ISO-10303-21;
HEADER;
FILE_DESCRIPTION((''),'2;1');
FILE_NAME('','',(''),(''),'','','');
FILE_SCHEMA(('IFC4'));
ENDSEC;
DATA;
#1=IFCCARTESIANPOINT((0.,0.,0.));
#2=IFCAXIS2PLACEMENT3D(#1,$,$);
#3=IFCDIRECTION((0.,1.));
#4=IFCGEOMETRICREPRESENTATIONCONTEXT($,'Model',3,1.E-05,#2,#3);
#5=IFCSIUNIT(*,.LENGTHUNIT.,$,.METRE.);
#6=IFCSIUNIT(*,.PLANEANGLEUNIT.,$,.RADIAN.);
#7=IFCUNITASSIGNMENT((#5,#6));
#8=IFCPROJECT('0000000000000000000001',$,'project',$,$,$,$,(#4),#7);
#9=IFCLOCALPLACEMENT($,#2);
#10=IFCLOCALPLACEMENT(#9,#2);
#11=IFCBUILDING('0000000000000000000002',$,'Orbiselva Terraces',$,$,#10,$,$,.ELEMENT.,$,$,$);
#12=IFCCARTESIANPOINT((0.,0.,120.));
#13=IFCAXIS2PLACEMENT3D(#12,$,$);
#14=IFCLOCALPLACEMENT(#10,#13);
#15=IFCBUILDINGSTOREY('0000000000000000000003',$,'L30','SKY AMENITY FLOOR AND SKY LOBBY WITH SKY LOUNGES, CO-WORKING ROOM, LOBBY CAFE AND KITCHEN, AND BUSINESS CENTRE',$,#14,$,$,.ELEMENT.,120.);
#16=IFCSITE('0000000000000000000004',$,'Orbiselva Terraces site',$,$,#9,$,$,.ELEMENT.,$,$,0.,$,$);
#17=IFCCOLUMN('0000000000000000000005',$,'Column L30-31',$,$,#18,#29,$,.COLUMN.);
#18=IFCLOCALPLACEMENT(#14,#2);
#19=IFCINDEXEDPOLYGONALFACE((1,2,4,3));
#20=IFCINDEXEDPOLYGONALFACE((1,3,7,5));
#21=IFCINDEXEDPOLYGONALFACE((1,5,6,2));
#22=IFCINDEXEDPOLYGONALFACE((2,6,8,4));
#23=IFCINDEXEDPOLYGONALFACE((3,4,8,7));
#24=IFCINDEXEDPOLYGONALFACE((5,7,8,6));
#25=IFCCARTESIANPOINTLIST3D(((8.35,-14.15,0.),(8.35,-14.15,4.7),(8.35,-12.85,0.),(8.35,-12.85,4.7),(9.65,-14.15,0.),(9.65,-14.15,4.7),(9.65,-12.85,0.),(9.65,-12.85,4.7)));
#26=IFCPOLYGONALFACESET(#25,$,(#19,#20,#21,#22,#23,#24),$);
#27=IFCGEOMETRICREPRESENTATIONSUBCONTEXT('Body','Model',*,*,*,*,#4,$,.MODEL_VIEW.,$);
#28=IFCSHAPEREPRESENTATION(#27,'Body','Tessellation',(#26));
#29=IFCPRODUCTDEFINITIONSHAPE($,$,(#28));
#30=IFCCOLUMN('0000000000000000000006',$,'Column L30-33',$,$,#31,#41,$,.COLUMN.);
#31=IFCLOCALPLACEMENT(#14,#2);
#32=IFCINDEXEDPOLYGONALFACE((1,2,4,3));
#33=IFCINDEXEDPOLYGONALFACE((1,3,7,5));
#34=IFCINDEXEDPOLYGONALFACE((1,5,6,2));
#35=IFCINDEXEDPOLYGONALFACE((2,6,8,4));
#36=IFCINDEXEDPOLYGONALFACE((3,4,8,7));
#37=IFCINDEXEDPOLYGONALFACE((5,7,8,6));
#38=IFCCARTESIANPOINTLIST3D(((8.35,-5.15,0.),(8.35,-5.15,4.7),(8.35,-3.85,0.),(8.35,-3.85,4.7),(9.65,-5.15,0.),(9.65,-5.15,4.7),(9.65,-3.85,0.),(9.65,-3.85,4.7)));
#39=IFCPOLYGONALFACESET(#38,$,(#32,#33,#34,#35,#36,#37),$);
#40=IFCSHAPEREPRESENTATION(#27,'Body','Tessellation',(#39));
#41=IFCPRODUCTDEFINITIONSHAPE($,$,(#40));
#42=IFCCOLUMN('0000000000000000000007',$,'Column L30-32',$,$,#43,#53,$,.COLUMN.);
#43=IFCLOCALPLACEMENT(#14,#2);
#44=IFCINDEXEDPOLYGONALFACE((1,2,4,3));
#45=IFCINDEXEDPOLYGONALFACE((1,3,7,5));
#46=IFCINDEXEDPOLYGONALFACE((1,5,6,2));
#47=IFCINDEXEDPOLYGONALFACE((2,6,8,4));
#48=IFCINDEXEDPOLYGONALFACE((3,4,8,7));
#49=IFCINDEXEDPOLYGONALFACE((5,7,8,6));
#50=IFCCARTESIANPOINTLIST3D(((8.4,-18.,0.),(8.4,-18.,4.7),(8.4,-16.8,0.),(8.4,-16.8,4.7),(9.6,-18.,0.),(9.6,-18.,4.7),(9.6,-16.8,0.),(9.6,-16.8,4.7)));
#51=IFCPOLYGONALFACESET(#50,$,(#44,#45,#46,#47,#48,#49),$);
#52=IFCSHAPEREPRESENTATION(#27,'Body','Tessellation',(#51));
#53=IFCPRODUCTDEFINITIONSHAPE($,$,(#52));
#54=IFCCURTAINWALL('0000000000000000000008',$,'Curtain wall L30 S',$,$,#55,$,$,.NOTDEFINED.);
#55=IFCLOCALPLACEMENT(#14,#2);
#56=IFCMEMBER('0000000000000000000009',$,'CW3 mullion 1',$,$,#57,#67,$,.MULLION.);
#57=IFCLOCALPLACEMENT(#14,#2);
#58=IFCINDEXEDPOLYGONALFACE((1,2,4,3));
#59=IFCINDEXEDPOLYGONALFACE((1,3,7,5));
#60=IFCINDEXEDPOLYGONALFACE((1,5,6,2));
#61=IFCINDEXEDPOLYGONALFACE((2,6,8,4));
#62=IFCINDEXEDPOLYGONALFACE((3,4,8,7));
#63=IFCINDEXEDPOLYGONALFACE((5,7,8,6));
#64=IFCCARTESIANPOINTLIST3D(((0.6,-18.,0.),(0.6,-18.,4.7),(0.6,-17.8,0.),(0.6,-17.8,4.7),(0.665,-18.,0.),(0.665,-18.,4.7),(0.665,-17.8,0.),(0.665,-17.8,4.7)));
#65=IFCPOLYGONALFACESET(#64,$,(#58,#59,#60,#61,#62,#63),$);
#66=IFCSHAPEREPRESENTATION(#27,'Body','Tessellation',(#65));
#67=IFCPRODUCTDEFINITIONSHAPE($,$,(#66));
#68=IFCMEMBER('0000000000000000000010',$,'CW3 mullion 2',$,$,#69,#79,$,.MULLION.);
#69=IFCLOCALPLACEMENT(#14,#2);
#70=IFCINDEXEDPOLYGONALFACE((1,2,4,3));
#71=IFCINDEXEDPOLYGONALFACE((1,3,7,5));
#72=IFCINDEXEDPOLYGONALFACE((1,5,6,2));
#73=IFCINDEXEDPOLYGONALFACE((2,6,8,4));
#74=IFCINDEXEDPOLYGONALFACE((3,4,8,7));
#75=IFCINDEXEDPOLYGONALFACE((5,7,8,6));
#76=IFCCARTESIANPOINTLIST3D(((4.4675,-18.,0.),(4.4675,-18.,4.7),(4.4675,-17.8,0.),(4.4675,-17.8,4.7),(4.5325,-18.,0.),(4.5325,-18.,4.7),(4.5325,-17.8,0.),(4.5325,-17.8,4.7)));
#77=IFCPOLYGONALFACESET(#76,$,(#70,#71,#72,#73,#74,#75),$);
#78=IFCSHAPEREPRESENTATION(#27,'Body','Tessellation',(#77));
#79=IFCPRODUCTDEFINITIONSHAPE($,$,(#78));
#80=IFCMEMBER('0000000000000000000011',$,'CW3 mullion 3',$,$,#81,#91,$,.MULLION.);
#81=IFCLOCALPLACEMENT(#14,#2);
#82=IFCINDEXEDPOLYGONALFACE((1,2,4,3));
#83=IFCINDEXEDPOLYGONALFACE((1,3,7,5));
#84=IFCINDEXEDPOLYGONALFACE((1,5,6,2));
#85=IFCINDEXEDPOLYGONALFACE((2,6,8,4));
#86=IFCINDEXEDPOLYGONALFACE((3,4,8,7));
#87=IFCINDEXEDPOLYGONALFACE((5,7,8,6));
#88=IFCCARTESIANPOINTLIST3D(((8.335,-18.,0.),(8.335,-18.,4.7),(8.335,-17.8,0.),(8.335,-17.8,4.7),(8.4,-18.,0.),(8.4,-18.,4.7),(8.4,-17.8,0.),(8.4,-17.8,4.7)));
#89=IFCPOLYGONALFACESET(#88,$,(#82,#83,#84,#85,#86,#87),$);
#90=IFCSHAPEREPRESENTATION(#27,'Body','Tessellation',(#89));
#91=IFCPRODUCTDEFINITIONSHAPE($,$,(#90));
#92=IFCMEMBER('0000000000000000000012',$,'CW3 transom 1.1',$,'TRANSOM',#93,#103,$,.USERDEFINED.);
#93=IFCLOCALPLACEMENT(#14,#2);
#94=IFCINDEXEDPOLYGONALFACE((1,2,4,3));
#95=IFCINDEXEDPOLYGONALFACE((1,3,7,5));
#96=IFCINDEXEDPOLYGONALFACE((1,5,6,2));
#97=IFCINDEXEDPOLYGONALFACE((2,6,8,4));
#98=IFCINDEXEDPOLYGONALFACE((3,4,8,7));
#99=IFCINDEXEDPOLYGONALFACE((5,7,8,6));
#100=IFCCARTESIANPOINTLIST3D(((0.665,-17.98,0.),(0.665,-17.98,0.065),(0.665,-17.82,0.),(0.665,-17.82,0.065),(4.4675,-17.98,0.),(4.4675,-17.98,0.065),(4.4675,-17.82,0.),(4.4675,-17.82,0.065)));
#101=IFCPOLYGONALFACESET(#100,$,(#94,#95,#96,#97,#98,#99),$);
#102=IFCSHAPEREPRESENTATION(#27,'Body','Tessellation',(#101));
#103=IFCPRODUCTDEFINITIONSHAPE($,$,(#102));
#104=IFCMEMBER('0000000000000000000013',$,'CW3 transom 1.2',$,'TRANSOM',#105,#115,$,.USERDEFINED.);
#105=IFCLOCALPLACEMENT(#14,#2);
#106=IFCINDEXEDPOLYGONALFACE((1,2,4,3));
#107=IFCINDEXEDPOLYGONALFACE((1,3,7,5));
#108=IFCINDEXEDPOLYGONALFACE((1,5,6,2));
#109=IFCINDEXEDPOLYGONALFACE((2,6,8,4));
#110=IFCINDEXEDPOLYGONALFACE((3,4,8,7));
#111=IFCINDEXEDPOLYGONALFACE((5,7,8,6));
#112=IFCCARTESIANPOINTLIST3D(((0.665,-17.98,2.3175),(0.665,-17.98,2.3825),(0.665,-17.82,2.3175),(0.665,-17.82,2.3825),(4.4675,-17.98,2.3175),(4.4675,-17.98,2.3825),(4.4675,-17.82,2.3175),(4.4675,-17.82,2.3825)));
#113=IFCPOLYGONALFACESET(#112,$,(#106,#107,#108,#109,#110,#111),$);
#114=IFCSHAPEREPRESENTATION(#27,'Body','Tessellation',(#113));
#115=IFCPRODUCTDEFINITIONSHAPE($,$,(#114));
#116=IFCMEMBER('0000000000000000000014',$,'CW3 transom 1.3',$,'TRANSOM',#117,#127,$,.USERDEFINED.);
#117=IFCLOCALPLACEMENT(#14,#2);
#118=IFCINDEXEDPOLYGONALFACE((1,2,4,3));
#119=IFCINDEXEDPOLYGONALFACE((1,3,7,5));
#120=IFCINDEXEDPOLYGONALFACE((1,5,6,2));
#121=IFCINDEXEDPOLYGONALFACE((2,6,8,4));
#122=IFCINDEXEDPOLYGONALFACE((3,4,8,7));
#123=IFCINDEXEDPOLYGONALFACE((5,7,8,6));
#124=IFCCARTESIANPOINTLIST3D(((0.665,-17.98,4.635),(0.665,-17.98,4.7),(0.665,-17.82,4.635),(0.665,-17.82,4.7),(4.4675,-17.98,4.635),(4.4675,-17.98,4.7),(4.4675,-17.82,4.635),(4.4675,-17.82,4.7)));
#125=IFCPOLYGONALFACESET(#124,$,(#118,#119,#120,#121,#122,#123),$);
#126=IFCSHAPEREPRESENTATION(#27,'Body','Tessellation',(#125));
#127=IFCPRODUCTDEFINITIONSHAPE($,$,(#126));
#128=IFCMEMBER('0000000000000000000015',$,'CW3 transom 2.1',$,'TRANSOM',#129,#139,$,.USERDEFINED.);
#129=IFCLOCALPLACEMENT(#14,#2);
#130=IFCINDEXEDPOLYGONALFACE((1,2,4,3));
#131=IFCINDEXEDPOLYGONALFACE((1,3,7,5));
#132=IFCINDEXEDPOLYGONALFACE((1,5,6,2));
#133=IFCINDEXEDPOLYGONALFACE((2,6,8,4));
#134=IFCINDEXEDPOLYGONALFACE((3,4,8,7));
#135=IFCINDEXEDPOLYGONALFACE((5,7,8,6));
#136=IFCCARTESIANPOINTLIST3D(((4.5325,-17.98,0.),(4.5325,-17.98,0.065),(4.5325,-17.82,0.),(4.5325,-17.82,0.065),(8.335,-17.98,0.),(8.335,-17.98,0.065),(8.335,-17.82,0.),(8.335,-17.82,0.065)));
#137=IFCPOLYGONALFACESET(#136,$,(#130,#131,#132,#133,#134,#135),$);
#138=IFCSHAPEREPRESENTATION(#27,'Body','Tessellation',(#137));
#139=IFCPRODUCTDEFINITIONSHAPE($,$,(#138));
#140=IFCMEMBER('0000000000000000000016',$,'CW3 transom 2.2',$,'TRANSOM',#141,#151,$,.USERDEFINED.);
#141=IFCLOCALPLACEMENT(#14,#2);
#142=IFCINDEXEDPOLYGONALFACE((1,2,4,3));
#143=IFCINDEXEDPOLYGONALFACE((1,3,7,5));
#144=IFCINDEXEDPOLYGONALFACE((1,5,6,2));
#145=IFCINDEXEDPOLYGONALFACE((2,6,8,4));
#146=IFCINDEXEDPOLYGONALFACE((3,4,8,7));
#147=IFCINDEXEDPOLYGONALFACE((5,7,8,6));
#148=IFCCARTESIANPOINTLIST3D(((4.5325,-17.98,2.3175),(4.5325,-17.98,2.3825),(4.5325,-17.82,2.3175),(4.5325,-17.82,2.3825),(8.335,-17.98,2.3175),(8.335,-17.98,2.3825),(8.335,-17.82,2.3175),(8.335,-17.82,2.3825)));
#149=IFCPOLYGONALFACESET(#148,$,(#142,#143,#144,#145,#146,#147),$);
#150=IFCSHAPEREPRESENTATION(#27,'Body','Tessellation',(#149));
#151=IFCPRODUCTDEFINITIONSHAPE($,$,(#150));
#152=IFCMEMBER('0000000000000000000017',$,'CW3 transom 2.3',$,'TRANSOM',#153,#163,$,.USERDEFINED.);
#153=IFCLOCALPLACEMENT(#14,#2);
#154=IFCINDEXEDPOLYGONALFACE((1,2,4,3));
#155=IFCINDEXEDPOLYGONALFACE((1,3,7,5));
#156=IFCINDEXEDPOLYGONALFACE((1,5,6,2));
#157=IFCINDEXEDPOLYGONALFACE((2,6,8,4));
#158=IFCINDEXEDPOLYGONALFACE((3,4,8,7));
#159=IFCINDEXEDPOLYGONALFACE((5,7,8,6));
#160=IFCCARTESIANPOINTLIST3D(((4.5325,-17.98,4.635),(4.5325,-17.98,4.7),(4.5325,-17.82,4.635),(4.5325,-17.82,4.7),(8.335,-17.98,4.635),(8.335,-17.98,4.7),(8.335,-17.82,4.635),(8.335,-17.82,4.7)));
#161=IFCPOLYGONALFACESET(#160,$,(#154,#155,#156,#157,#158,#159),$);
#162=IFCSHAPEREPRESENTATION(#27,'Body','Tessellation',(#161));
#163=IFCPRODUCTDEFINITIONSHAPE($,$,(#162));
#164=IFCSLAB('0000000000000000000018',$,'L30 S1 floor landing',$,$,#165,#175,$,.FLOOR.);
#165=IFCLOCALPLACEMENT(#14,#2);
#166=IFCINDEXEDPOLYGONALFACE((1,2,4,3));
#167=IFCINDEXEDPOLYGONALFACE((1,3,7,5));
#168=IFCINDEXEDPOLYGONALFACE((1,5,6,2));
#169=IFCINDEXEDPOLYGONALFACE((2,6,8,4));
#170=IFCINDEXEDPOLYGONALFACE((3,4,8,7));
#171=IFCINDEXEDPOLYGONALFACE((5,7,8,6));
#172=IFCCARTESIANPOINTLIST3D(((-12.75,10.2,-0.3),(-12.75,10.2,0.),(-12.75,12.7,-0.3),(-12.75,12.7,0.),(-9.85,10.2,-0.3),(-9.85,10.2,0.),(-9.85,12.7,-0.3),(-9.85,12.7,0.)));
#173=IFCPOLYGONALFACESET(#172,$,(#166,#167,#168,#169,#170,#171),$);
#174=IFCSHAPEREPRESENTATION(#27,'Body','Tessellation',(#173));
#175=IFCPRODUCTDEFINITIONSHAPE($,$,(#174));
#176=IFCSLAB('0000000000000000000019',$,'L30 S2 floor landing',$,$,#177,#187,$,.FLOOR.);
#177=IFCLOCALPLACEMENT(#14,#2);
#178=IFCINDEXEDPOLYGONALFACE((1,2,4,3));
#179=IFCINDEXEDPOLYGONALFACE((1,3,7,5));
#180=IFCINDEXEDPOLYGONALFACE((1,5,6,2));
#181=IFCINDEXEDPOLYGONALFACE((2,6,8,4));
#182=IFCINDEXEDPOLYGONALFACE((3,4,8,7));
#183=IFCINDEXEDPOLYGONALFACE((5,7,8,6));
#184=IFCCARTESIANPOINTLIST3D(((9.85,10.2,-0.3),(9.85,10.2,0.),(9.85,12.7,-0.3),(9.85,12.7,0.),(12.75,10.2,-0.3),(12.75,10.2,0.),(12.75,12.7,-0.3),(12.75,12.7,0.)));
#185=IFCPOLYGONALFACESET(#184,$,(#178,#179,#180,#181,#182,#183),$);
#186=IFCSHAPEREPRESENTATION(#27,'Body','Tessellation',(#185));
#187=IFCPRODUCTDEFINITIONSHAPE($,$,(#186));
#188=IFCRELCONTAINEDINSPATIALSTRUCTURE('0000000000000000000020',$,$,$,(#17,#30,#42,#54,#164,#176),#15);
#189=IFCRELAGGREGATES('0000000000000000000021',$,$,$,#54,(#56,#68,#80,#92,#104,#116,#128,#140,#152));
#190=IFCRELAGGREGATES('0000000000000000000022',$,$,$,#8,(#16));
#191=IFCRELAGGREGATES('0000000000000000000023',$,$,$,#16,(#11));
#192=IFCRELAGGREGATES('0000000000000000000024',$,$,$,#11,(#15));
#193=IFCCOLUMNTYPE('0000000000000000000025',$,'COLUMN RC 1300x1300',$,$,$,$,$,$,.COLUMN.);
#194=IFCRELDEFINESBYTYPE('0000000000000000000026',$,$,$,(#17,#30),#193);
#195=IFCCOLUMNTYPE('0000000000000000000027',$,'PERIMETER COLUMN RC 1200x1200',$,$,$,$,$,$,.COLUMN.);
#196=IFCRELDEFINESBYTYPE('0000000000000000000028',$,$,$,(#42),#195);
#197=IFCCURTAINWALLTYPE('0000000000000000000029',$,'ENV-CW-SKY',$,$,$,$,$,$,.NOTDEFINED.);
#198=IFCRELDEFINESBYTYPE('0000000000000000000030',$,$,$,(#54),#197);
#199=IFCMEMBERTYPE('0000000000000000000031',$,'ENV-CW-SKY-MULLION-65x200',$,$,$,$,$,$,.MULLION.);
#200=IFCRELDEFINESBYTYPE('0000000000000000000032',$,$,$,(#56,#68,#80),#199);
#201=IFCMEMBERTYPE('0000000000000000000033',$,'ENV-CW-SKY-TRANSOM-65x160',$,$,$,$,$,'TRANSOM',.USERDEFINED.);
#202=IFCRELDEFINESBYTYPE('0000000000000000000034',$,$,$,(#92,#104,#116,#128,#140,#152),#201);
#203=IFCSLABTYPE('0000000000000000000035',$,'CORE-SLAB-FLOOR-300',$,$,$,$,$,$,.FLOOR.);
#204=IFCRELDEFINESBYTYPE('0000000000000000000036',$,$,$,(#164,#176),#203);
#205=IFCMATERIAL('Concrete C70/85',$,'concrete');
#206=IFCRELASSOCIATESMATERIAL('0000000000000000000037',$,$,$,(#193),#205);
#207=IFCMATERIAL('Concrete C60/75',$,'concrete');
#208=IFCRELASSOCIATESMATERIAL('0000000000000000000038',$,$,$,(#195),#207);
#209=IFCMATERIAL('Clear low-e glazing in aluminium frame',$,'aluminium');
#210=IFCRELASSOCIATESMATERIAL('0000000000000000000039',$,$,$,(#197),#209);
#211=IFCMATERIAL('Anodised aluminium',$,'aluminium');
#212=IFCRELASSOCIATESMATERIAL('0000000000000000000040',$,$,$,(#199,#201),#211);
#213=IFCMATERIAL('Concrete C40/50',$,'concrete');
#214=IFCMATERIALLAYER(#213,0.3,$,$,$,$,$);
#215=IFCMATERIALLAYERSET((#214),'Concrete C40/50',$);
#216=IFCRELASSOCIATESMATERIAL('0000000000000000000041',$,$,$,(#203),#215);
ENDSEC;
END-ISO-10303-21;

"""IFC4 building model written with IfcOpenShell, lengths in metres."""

from ifc_helpers import new_model, si_unit, direction, frame, origin, origin_2d, place, context, subcontext, project, spatial, polyline, rectangle, outline, extrude, material, layer, layer_set, material_profile, profile_set, type_object, element, aggregate, save


model = new_model("IFC4")

# Units and contexts
model_context = context("Model", 3, precision=1e-05, world=origin(), true_north=direction((0.0, 1.0)))
body_context = subcontext(model_context, "Body", "Model", "MODEL_VIEW")
ifc_project = project(units=[si_unit("LENGTHUNIT", "METRE"), si_unit("PLANEANGLEUNIT", "RADIAN")], contexts=[model_context])

# Site, building, storey
site_placement = place(None, origin())
site = spatial("IfcSite", under=ifc_project, at=site_placement, Name="Orbiselva Terraces site", CompositionType="ELEMENT", RefElevation=0.0)
building_placement = place(site_placement, origin())
building = spatial("IfcBuilding", under=site, at=building_placement, Name="Orbiselva Terraces", CompositionType="ELEMENT")
storey_placement = place(building_placement, frame((0.0, 0.0, 120.0)))
storey = spatial("IfcBuildingStorey", under=building, at=storey_placement, Name="L30", Description="SKY AMENITY FLOOR AND SKY LOBBY WITH SKY LOUNGES, CO-WORKING ROOM, LOBBY CAFE AND KITCHEN, AND BUSINESS CENTRE", CompositionType="ELEMENT", Elevation=120.0)

# Columns
ifc_material_1 = material(Name="Concrete C70/85", Category="concrete")
ifc_material_profile_1 = material_profile(ifc_material_1, rectangle(XDim=1.3, YDim=1.3, at=origin_2d()), Name="RC 1300x1300")
ifc_profile_set_1 = profile_set([ifc_material_profile_1], Name="Concrete C70/85")
column_type_1 = type_object("IfcColumnType", Name="COLUMN RC 1300x1300", PredefinedType="COLUMN", material=ifc_profile_set_1)
for number, where, z_axis, x_axis, name in (
    (1, (9.0, -13.5, 0.0), (0.0, 0.0, 1.0), (1.0, 0.0, 0.0), "Column L30-31"),
    (2, (9.0, -4.5, 0.0), (0.0, 0.0, 1.0), (1.0, 0.0, 0.0), "Column L30-33"),
):
    element("IfcColumn", number, at=place(storey_placement, frame(where, z_axis=z_axis, x_axis=x_axis)), inside=storey, type_object=column_type_1, Name=name, PredefinedType="COLUMN", context=body_context, shape_type="SweptSolid", body=[
        extrude(rectangle(XDim=1.3, YDim=1.3, at=origin_2d()), origin(), (0.0, 0.0, 1.0), 4.7),
    ])
ifc_material_2 = material(Name="Concrete C60/75", Category="concrete")
ifc_material_profile_2 = material_profile(ifc_material_2, rectangle(XDim=1.2, YDim=1.2, at=origin_2d()), Name="RC 1200x1200")
ifc_profile_set_2 = profile_set([ifc_material_profile_2], Name="Concrete C60/75")
column_type_2 = type_object("IfcColumnType", Name="PERIMETER COLUMN RC 1200x1200", PredefinedType="COLUMN", material=ifc_profile_set_2)
column_placement = place(storey_placement, frame((9.0, -17.4, 0.0), z_axis=(0.0, 0.0, 1.0), x_axis=(1.0, 0.0, 0.0)))
element("IfcColumn", 3, at=column_placement, inside=storey, type_object=column_type_2, Name="Column L30-32", PredefinedType="COLUMN", context=body_context, shape_type="SweptSolid", body=[
    extrude(rectangle(XDim=1.2, YDim=1.2, at=origin_2d()), origin(), (0.0, 0.0, 1.0), 4.7),
])

# Curtain wall, members
ifc_material_3 = material(Name="Clear low-e glazing in aluminium frame", Category="aluminium")
curtain_wall_type = type_object("IfcCurtainWallType", Name="ENV-CW-SKY", PredefinedType="NOTDEFINED", material=ifc_material_3)
curtain_wall_placement = place(storey_placement, origin())
curtain_wall = element("IfcCurtainWall", 4, at=curtain_wall_placement, inside=storey, type_object=curtain_wall_type, Name="Curtain wall L30 S", PredefinedType="NOTDEFINED")
ifc_material_4 = material(Name="Anodised aluminium", Category="aluminium")
ifc_material_profile_3 = material_profile(ifc_material_4, rectangle(XDim=0.2, YDim=0.065, at=origin_2d()), Name="AL 65x200")
ifc_profile_set_3 = profile_set([ifc_material_profile_3], Name="Anodised aluminium")
member_type_1 = type_object("IfcMemberType", Name="ENV-CW-SKY-MULLION-65x200", PredefinedType="MULLION", material=ifc_profile_set_3)
member_1_placement = place(storey_placement, frame((0.6325, -17.9, 0.0), z_axis=(0.0, 0.0, 1.0), x_axis=(0.0, 1.0, 0.0)))
member_1 = element("IfcMember", 5, at=member_1_placement, type_object=member_type_1, Name="CW3 mullion 1", PredefinedType="MULLION", context=body_context, shape_type="SweptSolid", body=[
    extrude(rectangle(XDim=0.2, YDim=0.065, at=origin_2d()), origin(), (0.0, 0.0, 1.0), 4.7),
])
member_2_placement = place(storey_placement, frame((4.5, -17.9, 0.0), z_axis=(0.0, 0.0, 1.0), x_axis=(0.0, 1.0, 0.0)))
member_2 = element("IfcMember", 6, at=member_2_placement, type_object=member_type_1, Name="CW3 mullion 2", PredefinedType="MULLION", context=body_context, shape_type="SweptSolid", body=[
    extrude(rectangle(XDim=0.2, YDim=0.065, at=origin_2d()), origin(), (0.0, 0.0, 1.0), 4.7),
])
member_3_placement = place(storey_placement, frame((8.3675, -17.9, 0.0), z_axis=(0.0, 0.0, 1.0), x_axis=(0.0, 1.0, 0.0)))
member_3 = element("IfcMember", 7, at=member_3_placement, type_object=member_type_1, Name="CW3 mullion 3", PredefinedType="MULLION", context=body_context, shape_type="SweptSolid", body=[
    extrude(rectangle(XDim=0.2, YDim=0.065, at=origin_2d()), origin(), (0.0, 0.0, 1.0), 4.7),
])
ifc_material_profile_4 = material_profile(ifc_material_4, rectangle(XDim=0.16, YDim=0.065, at=origin_2d()), Name="AL 65x160")
ifc_profile_set_4 = profile_set([ifc_material_profile_4], Name="Anodised aluminium")
member_type_2 = type_object("IfcMemberType", Name="ENV-CW-SKY-TRANSOM-65x160", ElementType="TRANSOM", PredefinedType="USERDEFINED", material=ifc_profile_set_4)
member_4_placement = place(storey_placement, frame((0.665, -17.9, 0.0325), z_axis=(1.0, 0.0, 0.0), x_axis=(0.0, 1.0, 0.0)))
member_4 = element("IfcMember", 8, at=member_4_placement, type_object=member_type_2, Name="CW3 transom 1.1", ObjectType="TRANSOM", PredefinedType="USERDEFINED", context=body_context, shape_type="SweptSolid", body=[
    extrude(rectangle(XDim=0.16, YDim=0.065, at=origin_2d()), origin(), (0.0, 0.0, 1.0), 3.8025),
])
member_5_placement = place(storey_placement, frame((0.665, -17.9, 2.35), z_axis=(1.0, 0.0, 0.0), x_axis=(0.0, 1.0, 0.0)))
member_5 = element("IfcMember", 9, at=member_5_placement, type_object=member_type_2, Name="CW3 transom 1.2", ObjectType="TRANSOM", PredefinedType="USERDEFINED", context=body_context, shape_type="SweptSolid", body=[
    extrude(rectangle(XDim=0.16, YDim=0.065, at=origin_2d()), origin(), (0.0, 0.0, 1.0), 3.8025),
])
member_6_placement = place(storey_placement, frame((0.665, -17.9, 4.6675), z_axis=(1.0, 0.0, 0.0), x_axis=(0.0, 1.0, 0.0)))
member_6 = element("IfcMember", 10, at=member_6_placement, type_object=member_type_2, Name="CW3 transom 1.3", ObjectType="TRANSOM", PredefinedType="USERDEFINED", context=body_context, shape_type="SweptSolid", body=[
    extrude(rectangle(XDim=0.16, YDim=0.065, at=origin_2d()), origin(), (0.0, 0.0, 1.0), 3.8025),
])
member_7_placement = place(storey_placement, frame((4.5325, -17.9, 0.0325), z_axis=(1.0, 0.0, 0.0), x_axis=(0.0, 1.0, 0.0)))
member_7 = element("IfcMember", 11, at=member_7_placement, type_object=member_type_2, Name="CW3 transom 2.1", ObjectType="TRANSOM", PredefinedType="USERDEFINED", context=body_context, shape_type="SweptSolid", body=[
    extrude(rectangle(XDim=0.16, YDim=0.065, at=origin_2d()), origin(), (0.0, 0.0, 1.0), 3.8025),
])
member_8_placement = place(storey_placement, frame((4.5325, -17.9, 2.35), z_axis=(1.0, 0.0, 0.0), x_axis=(0.0, 1.0, 0.0)))
member_8 = element("IfcMember", 12, at=member_8_placement, type_object=member_type_2, Name="CW3 transom 2.2", ObjectType="TRANSOM", PredefinedType="USERDEFINED", context=body_context, shape_type="SweptSolid", body=[
    extrude(rectangle(XDim=0.16, YDim=0.065, at=origin_2d()), origin(), (0.0, 0.0, 1.0), 3.8025),
])
member_9_placement = place(storey_placement, frame((4.5325, -17.9, 4.6675), z_axis=(1.0, 0.0, 0.0), x_axis=(0.0, 1.0, 0.0)))
member_9 = element("IfcMember", 13, at=member_9_placement, type_object=member_type_2, Name="CW3 transom 2.3", ObjectType="TRANSOM", PredefinedType="USERDEFINED", context=body_context, shape_type="SweptSolid", body=[
    extrude(rectangle(XDim=0.16, YDim=0.065, at=origin_2d()), origin(), (0.0, 0.0, 1.0), 3.8025),
])

# Slabs
ifc_material_5 = material(Name="Concrete C40/50", Category="concrete")
ifc_layer_1 = layer(ifc_material_5, 0.3)
ifc_layer_set_1 = layer_set([ifc_layer_1], Name="Concrete C40/50")
slab_type_1 = type_object("IfcSlabType", Name="CORE-SLAB-FLOOR-300", PredefinedType="FLOOR", material=ifc_layer_set_1)
slab_1_placement = place(storey_placement, frame((0.0, 0.0, -0.3)))
element("IfcSlab", 14, at=slab_1_placement, inside=storey, type_object=slab_type_1, Name="L30 S1 floor landing", PredefinedType="FLOOR", context=body_context, shape_type="SweptSolid", body=[
    extrude(outline(polyline([(-12.75, 12.7), (-9.85, 12.7), (-9.85, 10.2), (-12.75, 10.2), (-12.75, 12.7)])), origin(), (0.0, 0.0, 1.0), 0.3),
])
slab_2_placement = place(storey_placement, frame((0.0, 0.0, -0.3)))
element("IfcSlab", 15, at=slab_2_placement, inside=storey, type_object=slab_type_1, Name="L30 S2 floor landing", PredefinedType="FLOOR", context=body_context, shape_type="SweptSolid", body=[
    extrude(outline(polyline([(12.75, 12.7), (12.75, 10.2), (9.85, 10.2), (9.85, 12.7), (12.75, 12.7)])), origin(), (0.0, 0.0, 1.0), 0.3),
])

aggregate(curtain_wall, [member_1, member_2, member_3, member_4, member_5, member_6, member_7, member_8, member_9])

save(model, "model.ifc")
